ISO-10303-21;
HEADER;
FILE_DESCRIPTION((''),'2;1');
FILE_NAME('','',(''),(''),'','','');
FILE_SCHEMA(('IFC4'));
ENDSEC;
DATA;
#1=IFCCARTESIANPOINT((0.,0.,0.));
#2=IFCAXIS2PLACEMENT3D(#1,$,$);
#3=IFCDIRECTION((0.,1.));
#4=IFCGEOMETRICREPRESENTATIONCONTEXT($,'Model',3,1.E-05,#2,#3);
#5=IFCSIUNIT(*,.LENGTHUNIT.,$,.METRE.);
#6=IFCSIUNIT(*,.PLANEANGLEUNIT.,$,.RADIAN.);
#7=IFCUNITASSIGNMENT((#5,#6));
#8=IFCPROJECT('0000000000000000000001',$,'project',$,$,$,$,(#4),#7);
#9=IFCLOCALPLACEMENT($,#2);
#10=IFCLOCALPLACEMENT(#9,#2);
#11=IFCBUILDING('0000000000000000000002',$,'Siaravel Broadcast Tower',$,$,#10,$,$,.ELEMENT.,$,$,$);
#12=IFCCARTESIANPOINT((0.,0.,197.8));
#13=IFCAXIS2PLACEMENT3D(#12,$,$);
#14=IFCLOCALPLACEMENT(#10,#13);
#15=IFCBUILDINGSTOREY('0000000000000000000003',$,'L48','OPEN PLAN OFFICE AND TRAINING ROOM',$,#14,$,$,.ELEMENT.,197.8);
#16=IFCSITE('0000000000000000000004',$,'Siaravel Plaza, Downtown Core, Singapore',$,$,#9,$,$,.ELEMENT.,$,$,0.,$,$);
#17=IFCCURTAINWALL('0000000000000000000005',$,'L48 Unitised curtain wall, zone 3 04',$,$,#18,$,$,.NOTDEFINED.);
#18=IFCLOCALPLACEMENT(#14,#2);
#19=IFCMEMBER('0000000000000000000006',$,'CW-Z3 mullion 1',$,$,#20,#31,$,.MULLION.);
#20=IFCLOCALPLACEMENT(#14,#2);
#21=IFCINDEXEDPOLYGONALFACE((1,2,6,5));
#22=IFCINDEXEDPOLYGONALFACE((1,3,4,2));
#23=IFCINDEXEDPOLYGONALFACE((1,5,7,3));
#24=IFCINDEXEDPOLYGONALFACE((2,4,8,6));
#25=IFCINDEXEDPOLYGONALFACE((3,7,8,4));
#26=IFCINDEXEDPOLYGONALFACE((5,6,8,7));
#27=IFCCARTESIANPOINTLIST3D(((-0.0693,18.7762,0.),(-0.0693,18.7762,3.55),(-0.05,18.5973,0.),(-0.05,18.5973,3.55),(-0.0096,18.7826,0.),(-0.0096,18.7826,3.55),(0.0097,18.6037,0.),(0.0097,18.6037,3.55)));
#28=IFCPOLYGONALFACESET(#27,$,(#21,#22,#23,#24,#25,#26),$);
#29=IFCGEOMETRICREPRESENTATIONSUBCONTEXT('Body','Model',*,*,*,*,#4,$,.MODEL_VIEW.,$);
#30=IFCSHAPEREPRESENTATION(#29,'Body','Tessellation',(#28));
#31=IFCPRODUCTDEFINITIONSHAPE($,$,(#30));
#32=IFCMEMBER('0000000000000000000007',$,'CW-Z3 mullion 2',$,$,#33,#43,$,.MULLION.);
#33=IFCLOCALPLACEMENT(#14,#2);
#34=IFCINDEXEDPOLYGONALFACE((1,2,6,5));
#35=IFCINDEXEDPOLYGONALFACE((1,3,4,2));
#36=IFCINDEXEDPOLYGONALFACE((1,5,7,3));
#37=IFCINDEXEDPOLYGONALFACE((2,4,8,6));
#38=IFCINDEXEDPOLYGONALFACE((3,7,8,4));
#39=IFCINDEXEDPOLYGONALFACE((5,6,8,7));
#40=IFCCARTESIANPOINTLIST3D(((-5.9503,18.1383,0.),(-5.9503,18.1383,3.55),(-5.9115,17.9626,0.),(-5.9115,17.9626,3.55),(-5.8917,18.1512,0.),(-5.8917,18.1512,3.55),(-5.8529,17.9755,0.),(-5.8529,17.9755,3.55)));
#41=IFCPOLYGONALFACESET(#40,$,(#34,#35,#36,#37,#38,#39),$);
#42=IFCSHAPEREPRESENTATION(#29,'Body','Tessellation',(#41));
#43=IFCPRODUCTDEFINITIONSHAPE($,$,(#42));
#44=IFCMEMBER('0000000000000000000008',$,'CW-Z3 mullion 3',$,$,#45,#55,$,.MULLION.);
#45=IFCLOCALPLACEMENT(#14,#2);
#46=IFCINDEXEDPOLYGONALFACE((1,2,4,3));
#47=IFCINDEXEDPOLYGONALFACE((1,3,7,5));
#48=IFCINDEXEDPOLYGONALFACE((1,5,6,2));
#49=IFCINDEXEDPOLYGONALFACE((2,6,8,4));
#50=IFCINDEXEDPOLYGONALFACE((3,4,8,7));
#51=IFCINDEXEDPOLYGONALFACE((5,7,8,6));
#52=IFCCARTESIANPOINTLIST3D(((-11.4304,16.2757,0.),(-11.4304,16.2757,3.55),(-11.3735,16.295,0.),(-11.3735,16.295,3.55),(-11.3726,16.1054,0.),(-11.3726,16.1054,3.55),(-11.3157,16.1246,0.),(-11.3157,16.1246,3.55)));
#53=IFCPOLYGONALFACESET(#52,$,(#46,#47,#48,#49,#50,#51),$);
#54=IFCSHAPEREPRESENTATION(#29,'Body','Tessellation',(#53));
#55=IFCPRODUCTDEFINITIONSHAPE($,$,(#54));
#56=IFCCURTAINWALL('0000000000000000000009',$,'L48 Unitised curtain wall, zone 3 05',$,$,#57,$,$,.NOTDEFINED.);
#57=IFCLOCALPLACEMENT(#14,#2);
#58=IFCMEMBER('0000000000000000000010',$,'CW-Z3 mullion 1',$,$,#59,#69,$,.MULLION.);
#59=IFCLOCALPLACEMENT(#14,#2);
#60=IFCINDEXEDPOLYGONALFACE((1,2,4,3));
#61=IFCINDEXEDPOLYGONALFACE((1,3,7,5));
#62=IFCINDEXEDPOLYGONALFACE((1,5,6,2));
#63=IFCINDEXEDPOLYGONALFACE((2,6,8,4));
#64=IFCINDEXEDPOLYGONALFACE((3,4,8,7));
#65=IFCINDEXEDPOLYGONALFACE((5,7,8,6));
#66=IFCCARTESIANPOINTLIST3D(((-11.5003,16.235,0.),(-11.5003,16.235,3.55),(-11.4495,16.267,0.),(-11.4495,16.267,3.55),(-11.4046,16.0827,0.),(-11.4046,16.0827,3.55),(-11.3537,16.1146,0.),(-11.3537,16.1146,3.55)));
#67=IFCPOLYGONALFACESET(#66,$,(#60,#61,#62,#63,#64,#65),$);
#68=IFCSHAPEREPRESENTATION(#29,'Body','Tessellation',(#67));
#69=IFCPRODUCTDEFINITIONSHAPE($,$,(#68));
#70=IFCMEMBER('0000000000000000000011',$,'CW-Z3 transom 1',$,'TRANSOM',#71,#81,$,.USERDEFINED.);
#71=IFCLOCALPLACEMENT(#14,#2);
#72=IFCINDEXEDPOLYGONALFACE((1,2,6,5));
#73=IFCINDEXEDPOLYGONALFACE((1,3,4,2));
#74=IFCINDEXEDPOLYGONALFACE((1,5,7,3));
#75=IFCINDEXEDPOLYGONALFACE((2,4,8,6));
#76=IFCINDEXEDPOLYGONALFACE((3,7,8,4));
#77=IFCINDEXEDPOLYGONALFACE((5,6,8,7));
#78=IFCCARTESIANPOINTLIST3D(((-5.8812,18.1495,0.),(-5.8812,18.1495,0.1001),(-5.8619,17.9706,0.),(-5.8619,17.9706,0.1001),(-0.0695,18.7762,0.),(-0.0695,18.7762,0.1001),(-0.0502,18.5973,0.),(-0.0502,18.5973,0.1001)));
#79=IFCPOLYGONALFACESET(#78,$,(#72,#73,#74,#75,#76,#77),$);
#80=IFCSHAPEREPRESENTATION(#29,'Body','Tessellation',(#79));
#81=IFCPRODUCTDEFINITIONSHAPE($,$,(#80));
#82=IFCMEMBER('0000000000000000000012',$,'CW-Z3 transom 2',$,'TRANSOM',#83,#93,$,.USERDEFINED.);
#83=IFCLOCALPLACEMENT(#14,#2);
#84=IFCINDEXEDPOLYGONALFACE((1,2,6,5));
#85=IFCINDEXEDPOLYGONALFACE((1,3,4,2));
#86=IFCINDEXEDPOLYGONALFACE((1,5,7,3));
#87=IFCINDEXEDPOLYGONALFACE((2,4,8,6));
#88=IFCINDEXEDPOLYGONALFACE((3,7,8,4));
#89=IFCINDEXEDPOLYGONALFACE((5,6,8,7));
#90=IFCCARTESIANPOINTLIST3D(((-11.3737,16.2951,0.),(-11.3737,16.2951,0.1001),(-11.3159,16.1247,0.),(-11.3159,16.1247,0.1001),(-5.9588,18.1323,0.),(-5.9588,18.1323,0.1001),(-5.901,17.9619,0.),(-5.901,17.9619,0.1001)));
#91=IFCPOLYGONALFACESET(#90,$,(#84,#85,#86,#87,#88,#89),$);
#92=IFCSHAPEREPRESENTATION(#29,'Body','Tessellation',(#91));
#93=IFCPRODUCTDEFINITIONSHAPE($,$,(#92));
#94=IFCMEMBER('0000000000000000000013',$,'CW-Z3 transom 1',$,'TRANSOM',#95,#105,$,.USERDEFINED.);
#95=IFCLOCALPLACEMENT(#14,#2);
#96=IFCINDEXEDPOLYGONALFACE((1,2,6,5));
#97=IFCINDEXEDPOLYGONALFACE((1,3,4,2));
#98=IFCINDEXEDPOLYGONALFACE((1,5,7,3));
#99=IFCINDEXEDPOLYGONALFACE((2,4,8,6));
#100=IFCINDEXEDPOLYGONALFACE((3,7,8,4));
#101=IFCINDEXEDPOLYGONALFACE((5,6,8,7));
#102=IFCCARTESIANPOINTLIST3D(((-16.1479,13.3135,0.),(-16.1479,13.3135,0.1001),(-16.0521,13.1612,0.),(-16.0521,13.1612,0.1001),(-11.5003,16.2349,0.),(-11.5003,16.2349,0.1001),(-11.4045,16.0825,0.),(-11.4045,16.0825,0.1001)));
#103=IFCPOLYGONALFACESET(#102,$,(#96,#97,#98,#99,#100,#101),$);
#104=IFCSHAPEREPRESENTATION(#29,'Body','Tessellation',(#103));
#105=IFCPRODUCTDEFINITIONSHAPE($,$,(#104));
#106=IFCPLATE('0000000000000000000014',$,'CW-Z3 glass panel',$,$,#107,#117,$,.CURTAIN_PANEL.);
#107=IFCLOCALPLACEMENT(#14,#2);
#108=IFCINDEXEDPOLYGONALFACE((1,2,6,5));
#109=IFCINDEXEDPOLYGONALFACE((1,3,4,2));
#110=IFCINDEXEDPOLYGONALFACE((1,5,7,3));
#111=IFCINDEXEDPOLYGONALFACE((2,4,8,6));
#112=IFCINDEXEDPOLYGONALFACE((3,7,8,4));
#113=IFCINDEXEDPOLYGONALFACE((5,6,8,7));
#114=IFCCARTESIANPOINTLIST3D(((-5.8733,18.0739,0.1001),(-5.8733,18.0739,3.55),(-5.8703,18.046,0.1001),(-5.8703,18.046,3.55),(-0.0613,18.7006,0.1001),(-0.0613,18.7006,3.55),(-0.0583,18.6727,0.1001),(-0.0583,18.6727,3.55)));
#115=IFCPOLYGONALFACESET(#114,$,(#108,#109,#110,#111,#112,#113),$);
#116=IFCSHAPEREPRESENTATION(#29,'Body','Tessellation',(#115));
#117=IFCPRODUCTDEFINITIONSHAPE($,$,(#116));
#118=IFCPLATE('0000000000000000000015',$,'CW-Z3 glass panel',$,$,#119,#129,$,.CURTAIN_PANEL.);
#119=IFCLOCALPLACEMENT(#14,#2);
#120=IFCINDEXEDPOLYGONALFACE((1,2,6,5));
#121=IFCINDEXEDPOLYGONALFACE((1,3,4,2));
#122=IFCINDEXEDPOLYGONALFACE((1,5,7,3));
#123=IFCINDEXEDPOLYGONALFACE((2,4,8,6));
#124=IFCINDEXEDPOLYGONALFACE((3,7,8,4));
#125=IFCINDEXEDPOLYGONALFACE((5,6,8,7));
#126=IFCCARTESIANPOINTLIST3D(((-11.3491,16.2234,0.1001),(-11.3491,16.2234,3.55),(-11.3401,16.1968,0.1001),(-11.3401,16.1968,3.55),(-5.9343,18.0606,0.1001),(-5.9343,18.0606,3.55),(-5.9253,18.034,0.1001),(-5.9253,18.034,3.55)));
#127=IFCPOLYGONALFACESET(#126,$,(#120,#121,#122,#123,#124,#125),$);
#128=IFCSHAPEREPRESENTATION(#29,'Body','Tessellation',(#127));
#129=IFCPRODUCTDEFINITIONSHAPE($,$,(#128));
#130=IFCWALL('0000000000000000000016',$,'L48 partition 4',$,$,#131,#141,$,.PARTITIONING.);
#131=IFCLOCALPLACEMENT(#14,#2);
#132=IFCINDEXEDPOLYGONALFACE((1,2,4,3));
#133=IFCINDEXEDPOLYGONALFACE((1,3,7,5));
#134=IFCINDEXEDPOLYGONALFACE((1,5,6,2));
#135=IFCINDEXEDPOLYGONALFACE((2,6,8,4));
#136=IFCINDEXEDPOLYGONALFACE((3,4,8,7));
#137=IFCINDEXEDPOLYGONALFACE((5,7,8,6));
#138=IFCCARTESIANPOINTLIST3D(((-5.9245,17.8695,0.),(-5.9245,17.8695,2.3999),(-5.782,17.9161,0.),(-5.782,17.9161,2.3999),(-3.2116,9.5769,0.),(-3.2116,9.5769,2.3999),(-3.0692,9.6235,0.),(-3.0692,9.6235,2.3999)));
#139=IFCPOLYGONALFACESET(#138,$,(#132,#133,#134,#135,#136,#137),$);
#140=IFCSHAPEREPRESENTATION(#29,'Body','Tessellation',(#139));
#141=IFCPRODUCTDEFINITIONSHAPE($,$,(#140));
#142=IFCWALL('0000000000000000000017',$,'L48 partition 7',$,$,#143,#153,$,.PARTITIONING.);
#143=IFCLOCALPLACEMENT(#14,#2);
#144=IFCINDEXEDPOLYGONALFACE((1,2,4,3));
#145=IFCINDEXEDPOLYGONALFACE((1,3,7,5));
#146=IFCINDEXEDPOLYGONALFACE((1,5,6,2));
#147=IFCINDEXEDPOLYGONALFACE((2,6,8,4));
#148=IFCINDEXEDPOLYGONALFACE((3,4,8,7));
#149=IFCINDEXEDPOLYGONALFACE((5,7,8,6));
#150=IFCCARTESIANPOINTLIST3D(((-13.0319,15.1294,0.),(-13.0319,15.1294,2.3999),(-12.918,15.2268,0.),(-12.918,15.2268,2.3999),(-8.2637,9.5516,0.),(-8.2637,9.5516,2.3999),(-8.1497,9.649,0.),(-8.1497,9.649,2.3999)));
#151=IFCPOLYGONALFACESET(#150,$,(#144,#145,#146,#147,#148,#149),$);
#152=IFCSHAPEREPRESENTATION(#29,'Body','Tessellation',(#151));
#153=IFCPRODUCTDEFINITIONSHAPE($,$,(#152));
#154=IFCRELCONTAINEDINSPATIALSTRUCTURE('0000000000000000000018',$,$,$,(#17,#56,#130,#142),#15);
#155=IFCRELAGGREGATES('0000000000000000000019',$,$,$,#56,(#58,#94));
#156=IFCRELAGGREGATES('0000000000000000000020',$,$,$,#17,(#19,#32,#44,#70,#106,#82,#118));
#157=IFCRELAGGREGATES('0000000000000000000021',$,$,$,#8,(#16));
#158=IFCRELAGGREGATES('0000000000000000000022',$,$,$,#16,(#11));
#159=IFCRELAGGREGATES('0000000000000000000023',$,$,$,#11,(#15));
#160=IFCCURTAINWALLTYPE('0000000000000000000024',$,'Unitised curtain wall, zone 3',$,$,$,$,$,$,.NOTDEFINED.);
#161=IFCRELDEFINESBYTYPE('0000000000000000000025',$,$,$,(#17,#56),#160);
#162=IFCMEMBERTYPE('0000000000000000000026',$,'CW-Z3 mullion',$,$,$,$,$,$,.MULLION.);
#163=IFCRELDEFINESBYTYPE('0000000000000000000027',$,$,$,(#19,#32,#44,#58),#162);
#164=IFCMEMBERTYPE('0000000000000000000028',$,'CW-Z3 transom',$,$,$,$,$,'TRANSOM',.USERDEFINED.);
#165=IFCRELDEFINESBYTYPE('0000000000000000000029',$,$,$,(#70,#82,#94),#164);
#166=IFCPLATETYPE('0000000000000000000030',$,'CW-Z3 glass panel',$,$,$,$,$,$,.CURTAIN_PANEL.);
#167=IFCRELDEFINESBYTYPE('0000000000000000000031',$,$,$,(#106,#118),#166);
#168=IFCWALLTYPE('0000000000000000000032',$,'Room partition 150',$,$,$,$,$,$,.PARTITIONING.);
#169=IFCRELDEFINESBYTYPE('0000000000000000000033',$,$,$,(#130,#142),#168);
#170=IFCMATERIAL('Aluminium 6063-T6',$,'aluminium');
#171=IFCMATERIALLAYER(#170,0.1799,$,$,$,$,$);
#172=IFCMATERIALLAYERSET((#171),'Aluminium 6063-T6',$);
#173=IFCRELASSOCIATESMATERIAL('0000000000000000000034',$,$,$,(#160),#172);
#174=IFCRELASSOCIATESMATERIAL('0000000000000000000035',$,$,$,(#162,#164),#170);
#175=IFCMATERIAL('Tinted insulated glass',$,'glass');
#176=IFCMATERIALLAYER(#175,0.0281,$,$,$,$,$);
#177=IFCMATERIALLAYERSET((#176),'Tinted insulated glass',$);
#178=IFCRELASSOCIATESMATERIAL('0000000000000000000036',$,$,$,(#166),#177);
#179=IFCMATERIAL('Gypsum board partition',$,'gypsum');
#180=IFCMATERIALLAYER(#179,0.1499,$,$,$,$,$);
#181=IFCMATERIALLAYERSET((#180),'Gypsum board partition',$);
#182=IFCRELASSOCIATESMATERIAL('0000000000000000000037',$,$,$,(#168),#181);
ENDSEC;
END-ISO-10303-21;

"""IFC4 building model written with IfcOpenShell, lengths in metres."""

from ifc_helpers import new_model, si_unit, direction, frame, frame_2d, origin, origin_2d, place, context, subcontext, project, spatial, rectangle, extrude, material, layer, layer_set, material_profile, profile_set, type_object, element, aggregate, save


model = new_model("IFC4")

# Units and contexts
model_context = context("Model", 3, precision=1e-05, world=origin(), true_north=direction((0.0, 1.0)))
body_context = subcontext(model_context, "Body", "Model", "MODEL_VIEW")
ifc_project = project(units=[si_unit("LENGTHUNIT", "METRE"), si_unit("PLANEANGLEUNIT", "RADIAN")], contexts=[model_context])

# Site, building, storey
site_placement = place(None, origin())
site = spatial("IfcSite", under=ifc_project, at=site_placement, Name="Siaravel Plaza, Downtown Core, Singapore", CompositionType="ELEMENT", RefElevation=0.0)
building_placement = place(site_placement, origin())
building = spatial("IfcBuilding", under=site, at=building_placement, Name="Siaravel Broadcast Tower", CompositionType="ELEMENT")
storey_placement = place(building_placement, frame((0.0, 0.0, 197.8)))
storey = spatial("IfcBuildingStorey", under=building, at=storey_placement, Name="L48", Description="OPEN PLAN OFFICE AND TRAINING ROOM", CompositionType="ELEMENT", Elevation=197.8)

# Curtain wall, members
ifc_material_1 = material(Name="Aluminium 6063-T6", Category="aluminium")
ifc_layer_1 = layer(ifc_material_1, 0.1799)
ifc_layer_set_1 = layer_set([ifc_layer_1], Name="Aluminium 6063-T6")
curtain_wall_type = type_object("IfcCurtainWallType", Name="Unitised curtain wall, zone 3", PredefinedType="NOTDEFINED", material=ifc_layer_set_1)
curtain_wall_1_placement = place(storey_placement, origin())
curtain_wall_1 = element("IfcCurtainWall", 1, at=curtain_wall_1_placement, inside=storey, type_object=curtain_wall_type, Name="L48 Unitised curtain wall, zone 3 04", PredefinedType="NOTDEFINED")
ifc_material_profile_1 = material_profile(ifc_material_1, rectangle(XDim=0.1799, YDim=0.0601, at=origin_2d()))
ifc_profile_set_1 = profile_set([ifc_material_profile_1], Name="Aluminium 6063-T6")
member_type_1 = type_object("IfcMemberType", Name="CW-Z3 mullion", PredefinedType="MULLION", material=ifc_profile_set_1)
member_1_placement = place(storey_placement, frame((-0.0298, 18.6899, 0.0), z_axis=(0.0, 0.0, 1.0), x_axis=(0.107217, -0.994236, 0.0)))
member_1 = element("IfcMember", 2, at=member_1_placement, type_object=member_type_1, Name="CW-Z3 mullion 1", PredefinedType="MULLION", context=body_context, shape_type="SweptSolid", body=[
    extrude(rectangle(XDim=0.1799, YDim=0.0601, at=origin_2d()), origin(), (0.0, 0.0, 1.0), 3.55),
])
member_2_placement = place(storey_placement, frame((-5.9016, 18.0569, 0.0), z_axis=(0.0, 0.0, 1.0), x_axis=(0.215558, -0.976491, 0.0)))
member_2 = element("IfcMember", 3, at=member_2_placement, type_object=member_type_1, Name="CW-Z3 mullion 2", PredefinedType="MULLION", context=body_context, shape_type="SweptSolid", body=[
    extrude(rectangle(XDim=0.1799, YDim=0.0601, at=origin_2d()), origin(), (0.0, 0.0, 1.0), 3.55),
])
member_3_placement = place(storey_placement, frame((-11.373, 16.2002, 0.0), z_axis=(0.0, 0.0, 1.0), x_axis=(0.3213, -0.946977, 0.0)))
member_3 = element("IfcMember", 4, at=member_3_placement, type_object=member_type_1, Name="CW-Z3 mullion 3", PredefinedType="MULLION", context=body_context, shape_type="SweptSolid", body=[
    extrude(rectangle(XDim=0.1799, YDim=0.0601, at=origin_2d()), origin(), (0.0, 0.0, 1.0), 3.55),
])

# Curtain wall, member
curtain_wall_2_placement = place(storey_placement, origin())
curtain_wall_2 = element("IfcCurtainWall", 5, at=curtain_wall_2_placement, inside=storey, type_object=curtain_wall_type, Name="L48 Unitised curtain wall, zone 3 05", PredefinedType="NOTDEFINED")
member_4_placement = place(storey_placement, frame((-11.427, 16.1748, 0.0), z_axis=(0.0, 0.0, 1.0), x_axis=(0.532149, -0.846651, 0.0)))
member_4 = element("IfcMember", 6, at=member_4_placement, type_object=member_type_1, Name="CW-Z3 mullion 1", PredefinedType="MULLION", context=body_context, shape_type="SweptSolid", body=[
    extrude(rectangle(XDim=0.1799, YDim=0.0601, at=origin_2d()), origin(), (0.0, 0.0, 1.0), 3.55),
])

# Members
ifc_material_profile_2 = material_profile(ifc_material_1, rectangle(XDim=0.1799, YDim=0.1001, at=origin_2d()))
ifc_profile_set_2 = profile_set([ifc_material_profile_2], Name="Aluminium 6063-T6")
member_type_2 = type_object("IfcMemberType", Name="CW-Z3 transom", ElementType="TRANSOM", PredefinedType="USERDEFINED", material=ifc_profile_set_2)
member_5_placement = place(storey_placement, frame((-0.0598, 18.6868, 0.05), z_axis=(-0.994236, -0.107213, 0.0), x_axis=(0.107213, -0.994236, 0.0)))
member_5 = element("IfcMember", 7, at=member_5_placement, type_object=member_type_2, Name="CW-Z3 transom 1", ObjectType="TRANSOM", PredefinedType="USERDEFINED", context=body_context, shape_type="SweptSolid", body=[
    extrude(rectangle(XDim=0.1799, YDim=0.1001, at=origin_2d()), origin(), (0.0, 0.0, 1.0), 5.8455),
])
member_6_placement = place(storey_placement, frame((-5.9299, 18.0471, 0.05), z_axis=(-0.946979, -0.321296, 0.0), x_axis=(0.321296, -0.946979, 0.0)))
member_6 = element("IfcMember", 8, at=member_6_placement, type_object=member_type_2, Name="CW-Z3 transom 2", ObjectType="TRANSOM", PredefinedType="USERDEFINED", context=body_context, shape_type="SweptSolid", body=[
    extrude(rectangle(XDim=0.1799, YDim=0.1001, at=origin_2d()), origin(), (0.0, 0.0, 1.0), 5.718),
])
member_7_placement = place(storey_placement, frame((-11.4524, 16.1587, 0.05), z_axis=(-0.846639, -0.532168, 0.0), x_axis=(0.532168, -0.846639, 0.0)))
member_7 = element("IfcMember", 9, at=member_7_placement, type_object=member_type_2, Name="CW-Z3 transom 1", ObjectType="TRANSOM", PredefinedType="USERDEFINED", context=body_context, shape_type="SweptSolid", body=[
    extrude(rectangle(XDim=0.1799, YDim=0.1001, at=origin_2d()), origin(), (0.0, 0.0, 1.0), 5.4895),
])
aggregate(curtain_wall_2, [member_4, member_7])

# Plates
ifc_material_2 = material(Name="Tinted insulated glass", Category="glass")
ifc_layer_2 = layer(ifc_material_2, 0.0281)
ifc_layer_set_2 = layer_set([ifc_layer_2], Name="Tinted insulated glass")
plate_type = type_object("IfcPlateType", Name="CW-Z3 glass panel", PredefinedType="CURTAIN_PANEL", material=ifc_layer_set_2)
plate_1_placement = place(storey_placement, frame((-2.9658, 18.3733, 0.1001), z_axis=(0.0, 0.0, 1.0), x_axis=(-0.994236, -0.107217, 0.0)))
plate_1 = element("IfcPlate", 10, at=plate_1_placement, type_object=plate_type, Name="CW-Z3 glass panel", PredefinedType="CURTAIN_PANEL", context=body_context, shape_type="SweptSolid", body=[
    extrude(rectangle(XDim=5.8457, YDim=0.0281, at=origin_2d()), origin(), (0.0, 0.0, 1.0), 3.45),
])
plate_2_placement = place(storey_placement, frame((-8.6372, 17.1287, 0.1001), z_axis=(0.0, 0.0, 1.0), x_axis=(-0.946977, -0.3213, 0.0)))
plate_2 = element("IfcPlate", 11, at=plate_2_placement, type_object=plate_type, Name="CW-Z3 glass panel", PredefinedType="CURTAIN_PANEL", context=body_context, shape_type="SweptSolid", body=[
    extrude(rectangle(XDim=5.718, YDim=0.0281, at=origin_2d()), origin(), (0.0, 0.0, 1.0), 3.45),
])
aggregate(curtain_wall_1, [member_1, member_2, member_3, member_5, plate_1, member_6, plate_2])

# Walls
ifc_material_3 = material(Name="Gypsum board partition", Category="gypsum")
ifc_layer_3 = layer(ifc_material_3, 0.1499)
ifc_layer_set_3 = layer_set([ifc_layer_3], Name="Gypsum board partition")
wall_type = type_object("IfcWallType", Name="Room partition 150", PredefinedType="PARTITIONING", material=ifc_layer_set_3)
wall_1_placement = place(storey_placement, frame((-5.8533, 17.8928, 0.0), z_axis=(0.0, 0.0, 1.0), x_axis=(0.310926, -0.950434, 0.0)))
element("IfcWall", 12, at=wall_1_placement, inside=storey, type_object=wall_type, Name="L48 partition 4", PredefinedType="PARTITIONING", context=body_context, shape_type="SweptSolid", body=[
    extrude(rectangle(XDim=8.7251, YDim=0.1499, at=frame_2d((4.3625, 0.0))), origin(), (0.0, 0.0, 1.0), 2.3999),
])
wall_2_placement = place(storey_placement, frame((-12.9749, 15.178, 0.0), z_axis=(0.0, 0.0, 1.0), x_axis=(0.649791, -0.760113, 0.0)))
element("IfcWall", 13, at=wall_2_placement, inside=storey, type_object=wall_type, Name="L48 partition 7", PredefinedType="PARTITIONING", context=body_context, shape_type="SweptSolid", body=[
    extrude(rectangle(XDim=7.3381, YDim=0.1499, at=frame_2d((3.6689, 0.0))), origin(), (0.0, 0.0, 1.0), 2.3999),
])

save(model, "model.ifc")
